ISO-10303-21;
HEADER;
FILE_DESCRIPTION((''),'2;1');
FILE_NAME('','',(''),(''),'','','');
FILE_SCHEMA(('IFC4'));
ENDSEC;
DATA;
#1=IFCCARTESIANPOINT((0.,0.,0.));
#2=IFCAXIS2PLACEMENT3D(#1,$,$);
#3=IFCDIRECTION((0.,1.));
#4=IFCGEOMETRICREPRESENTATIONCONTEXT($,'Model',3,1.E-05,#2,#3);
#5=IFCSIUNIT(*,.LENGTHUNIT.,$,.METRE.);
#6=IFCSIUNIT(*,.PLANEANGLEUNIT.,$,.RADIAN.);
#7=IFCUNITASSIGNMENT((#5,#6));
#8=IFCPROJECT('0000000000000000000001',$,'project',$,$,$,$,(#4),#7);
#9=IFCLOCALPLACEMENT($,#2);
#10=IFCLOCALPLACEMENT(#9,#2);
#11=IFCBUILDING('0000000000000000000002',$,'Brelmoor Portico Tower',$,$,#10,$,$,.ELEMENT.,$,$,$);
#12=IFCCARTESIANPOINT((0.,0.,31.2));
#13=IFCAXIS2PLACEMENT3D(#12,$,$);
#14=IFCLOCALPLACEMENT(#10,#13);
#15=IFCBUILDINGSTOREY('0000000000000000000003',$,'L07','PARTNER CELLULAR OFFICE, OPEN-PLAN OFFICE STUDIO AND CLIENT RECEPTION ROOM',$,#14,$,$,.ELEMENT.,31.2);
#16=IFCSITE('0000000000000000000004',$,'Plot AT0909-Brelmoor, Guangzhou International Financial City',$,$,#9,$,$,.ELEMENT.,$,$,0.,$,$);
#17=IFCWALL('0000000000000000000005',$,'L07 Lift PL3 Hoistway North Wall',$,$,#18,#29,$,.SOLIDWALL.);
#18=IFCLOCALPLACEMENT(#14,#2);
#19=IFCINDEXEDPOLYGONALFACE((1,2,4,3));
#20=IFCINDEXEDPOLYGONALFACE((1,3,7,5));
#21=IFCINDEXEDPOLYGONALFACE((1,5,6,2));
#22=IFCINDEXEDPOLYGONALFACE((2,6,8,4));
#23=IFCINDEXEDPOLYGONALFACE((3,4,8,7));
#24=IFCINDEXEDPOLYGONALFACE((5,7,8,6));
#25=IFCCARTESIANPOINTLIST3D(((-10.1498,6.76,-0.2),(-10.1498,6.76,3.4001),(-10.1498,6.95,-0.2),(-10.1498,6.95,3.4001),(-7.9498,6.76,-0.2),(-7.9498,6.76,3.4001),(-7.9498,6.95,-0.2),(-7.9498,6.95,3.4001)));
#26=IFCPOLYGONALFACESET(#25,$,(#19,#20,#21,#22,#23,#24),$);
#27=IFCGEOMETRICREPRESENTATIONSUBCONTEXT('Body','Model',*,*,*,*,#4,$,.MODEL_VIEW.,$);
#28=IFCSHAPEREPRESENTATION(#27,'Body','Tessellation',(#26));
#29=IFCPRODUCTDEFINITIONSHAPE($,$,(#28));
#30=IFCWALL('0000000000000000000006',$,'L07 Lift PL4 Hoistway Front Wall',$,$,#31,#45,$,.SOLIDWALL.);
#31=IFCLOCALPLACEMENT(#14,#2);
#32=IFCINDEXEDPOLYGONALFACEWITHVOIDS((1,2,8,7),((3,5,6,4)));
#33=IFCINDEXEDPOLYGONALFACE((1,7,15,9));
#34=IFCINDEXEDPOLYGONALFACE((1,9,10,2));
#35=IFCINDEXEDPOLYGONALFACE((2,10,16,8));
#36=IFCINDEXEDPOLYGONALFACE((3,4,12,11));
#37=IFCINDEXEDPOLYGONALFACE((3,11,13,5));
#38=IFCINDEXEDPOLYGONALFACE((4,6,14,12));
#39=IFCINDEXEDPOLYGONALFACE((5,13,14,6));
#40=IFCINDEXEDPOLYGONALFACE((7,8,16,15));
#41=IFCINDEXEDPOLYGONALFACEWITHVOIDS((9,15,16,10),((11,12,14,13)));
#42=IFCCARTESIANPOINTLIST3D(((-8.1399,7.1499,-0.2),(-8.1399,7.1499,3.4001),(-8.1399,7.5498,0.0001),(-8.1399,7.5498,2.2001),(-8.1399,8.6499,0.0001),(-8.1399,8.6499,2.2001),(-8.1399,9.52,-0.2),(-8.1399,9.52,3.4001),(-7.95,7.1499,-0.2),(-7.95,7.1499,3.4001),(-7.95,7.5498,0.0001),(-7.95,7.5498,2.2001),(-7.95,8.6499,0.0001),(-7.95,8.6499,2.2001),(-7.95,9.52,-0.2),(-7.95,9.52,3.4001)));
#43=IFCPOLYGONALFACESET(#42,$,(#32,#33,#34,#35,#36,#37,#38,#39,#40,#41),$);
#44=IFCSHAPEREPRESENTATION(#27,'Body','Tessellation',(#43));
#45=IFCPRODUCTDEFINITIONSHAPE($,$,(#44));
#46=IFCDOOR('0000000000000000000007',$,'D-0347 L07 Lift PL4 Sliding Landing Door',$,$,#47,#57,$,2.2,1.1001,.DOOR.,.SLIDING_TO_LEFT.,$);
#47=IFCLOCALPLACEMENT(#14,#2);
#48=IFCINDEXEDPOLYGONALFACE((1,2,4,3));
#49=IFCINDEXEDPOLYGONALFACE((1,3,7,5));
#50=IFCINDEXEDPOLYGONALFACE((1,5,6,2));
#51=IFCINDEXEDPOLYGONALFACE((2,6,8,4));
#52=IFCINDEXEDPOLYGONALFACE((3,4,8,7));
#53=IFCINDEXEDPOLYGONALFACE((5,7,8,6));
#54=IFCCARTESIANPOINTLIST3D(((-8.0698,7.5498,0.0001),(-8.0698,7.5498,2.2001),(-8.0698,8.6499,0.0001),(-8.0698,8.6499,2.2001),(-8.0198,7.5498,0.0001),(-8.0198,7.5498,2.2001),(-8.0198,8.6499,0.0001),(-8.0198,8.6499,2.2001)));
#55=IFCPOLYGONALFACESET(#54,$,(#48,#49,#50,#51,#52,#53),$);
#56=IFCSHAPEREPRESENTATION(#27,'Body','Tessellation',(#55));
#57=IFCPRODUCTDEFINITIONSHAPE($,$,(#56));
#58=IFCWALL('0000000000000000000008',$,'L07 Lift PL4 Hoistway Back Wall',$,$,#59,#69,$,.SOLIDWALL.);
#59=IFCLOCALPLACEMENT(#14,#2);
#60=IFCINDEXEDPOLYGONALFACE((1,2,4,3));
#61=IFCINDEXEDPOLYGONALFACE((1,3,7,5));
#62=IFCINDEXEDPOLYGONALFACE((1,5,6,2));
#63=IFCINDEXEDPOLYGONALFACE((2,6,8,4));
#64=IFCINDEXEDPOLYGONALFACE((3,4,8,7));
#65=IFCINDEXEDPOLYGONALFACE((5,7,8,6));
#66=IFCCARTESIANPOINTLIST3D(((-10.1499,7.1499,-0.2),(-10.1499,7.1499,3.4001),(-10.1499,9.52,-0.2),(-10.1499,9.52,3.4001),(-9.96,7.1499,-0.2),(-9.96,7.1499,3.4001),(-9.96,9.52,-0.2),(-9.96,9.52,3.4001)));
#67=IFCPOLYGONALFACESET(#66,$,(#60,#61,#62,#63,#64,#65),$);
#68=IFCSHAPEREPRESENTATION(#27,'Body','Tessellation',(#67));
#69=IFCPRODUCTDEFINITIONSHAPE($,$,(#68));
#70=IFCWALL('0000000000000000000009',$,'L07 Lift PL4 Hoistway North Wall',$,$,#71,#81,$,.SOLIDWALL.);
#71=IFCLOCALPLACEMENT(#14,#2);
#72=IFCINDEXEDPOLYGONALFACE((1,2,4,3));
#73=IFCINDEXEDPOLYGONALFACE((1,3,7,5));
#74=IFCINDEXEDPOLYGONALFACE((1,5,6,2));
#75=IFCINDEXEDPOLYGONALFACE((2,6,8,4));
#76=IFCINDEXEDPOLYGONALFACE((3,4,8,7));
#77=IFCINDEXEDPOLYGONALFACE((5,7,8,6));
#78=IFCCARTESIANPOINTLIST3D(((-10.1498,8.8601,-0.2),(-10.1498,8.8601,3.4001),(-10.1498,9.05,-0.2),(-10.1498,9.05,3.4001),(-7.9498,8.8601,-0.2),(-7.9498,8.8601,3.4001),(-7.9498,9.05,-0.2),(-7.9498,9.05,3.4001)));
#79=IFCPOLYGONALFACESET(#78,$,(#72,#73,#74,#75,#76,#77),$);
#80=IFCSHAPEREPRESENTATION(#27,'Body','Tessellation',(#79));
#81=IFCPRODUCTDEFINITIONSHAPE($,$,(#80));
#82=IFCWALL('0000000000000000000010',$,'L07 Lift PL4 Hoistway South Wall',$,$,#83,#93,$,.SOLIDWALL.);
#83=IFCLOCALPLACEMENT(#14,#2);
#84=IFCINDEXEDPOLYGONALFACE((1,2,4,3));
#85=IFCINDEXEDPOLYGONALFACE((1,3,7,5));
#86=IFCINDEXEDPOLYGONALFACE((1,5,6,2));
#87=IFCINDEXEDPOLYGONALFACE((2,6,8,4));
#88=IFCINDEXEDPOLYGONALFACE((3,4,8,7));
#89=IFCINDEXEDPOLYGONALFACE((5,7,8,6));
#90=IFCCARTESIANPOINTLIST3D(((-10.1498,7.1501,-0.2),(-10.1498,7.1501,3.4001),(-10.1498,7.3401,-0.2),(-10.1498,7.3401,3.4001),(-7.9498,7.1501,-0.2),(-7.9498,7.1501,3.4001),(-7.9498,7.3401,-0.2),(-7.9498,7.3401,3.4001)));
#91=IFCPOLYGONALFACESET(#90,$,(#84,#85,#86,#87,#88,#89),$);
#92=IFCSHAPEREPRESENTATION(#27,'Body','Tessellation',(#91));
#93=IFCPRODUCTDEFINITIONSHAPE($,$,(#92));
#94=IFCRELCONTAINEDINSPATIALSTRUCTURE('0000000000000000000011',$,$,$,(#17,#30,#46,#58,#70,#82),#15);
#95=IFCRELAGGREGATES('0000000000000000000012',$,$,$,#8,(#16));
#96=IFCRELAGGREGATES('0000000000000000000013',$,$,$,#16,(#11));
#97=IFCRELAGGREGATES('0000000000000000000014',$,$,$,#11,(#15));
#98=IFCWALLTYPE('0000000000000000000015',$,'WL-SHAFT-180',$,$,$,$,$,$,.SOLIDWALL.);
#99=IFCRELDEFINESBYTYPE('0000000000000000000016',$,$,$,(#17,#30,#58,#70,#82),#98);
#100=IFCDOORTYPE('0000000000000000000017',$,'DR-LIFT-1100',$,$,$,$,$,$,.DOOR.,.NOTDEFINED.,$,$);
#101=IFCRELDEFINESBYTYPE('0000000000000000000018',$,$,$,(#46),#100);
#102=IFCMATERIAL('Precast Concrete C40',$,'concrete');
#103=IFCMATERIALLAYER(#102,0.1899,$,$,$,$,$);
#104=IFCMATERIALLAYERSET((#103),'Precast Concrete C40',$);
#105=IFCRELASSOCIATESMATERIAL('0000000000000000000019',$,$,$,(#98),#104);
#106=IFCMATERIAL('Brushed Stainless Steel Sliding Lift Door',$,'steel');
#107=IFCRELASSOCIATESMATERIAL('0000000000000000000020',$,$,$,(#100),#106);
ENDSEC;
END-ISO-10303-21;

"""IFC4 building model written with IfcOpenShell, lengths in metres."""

from ifc_helpers import new_model, si_unit, direction, frame, frame_2d, origin, place, context, subcontext, project, spatial, rectangle, extrude, material, layer, layer_set, type_object, element, fill, save


model = new_model("IFC4")

# Units and contexts
model_context = context("Model", 3, precision=1e-05, world=origin(), true_north=direction((0.0, 1.0)))
body_context = subcontext(model_context, "Body", "Model", "MODEL_VIEW")
ifc_project = project(units=[si_unit("LENGTHUNIT", "METRE"), si_unit("PLANEANGLEUNIT", "RADIAN")], contexts=[model_context])

# Site, building, storey
site_placement = place(None, origin())
site = spatial("IfcSite", under=ifc_project, at=site_placement, Name="Plot AT0909-Brelmoor, Guangzhou International Financial City", CompositionType="ELEMENT", RefElevation=0.0)
building_placement = place(site_placement, origin())
building = spatial("IfcBuilding", under=site, at=building_placement, Name="Brelmoor Portico Tower", CompositionType="ELEMENT")
storey_placement = place(building_placement, frame((0.0, 0.0, 31.2)))
storey = spatial("IfcBuildingStorey", under=building, at=storey_placement, Name="L07", Description="PARTNER CELLULAR OFFICE, OPEN-PLAN OFFICE STUDIO AND CLIENT RECEPTION ROOM", CompositionType="ELEMENT", Elevation=31.2)

# Wall
ifc_material_1 = material(Name="Precast Concrete C40", Category="concrete")
ifc_layer_1 = layer(ifc_material_1, 0.1899)
ifc_layer_set_1 = layer_set([ifc_layer_1], Name="Precast Concrete C40")
wall_type_1 = type_object("IfcWallType", Name="WL-SHAFT-180", PredefinedType="SOLIDWALL", material=ifc_layer_set_1)
wall_1_placement = place(storey_placement, frame((-10.1499, 6.855, -0.2), z_axis=(0.0, 0.0, 1.0), x_axis=(1.0, 0.0, 0.0)))
element("IfcWall", 1, at=wall_1_placement, inside=storey, type_object=wall_type_1, Name="L07 Lift PL3 Hoistway North Wall", PredefinedType="SOLIDWALL", context=body_context, shape_type="SweptSolid", body=[
    extrude(rectangle(XDim=2.2, YDim=0.1899, at=frame_2d((1.1001, 0.0))), origin(), (0.0, 0.0, 1.0), 3.6001),
])

# Wall, opening, door
wall_2_placement = place(storey_placement, frame((-8.0449, 7.1499, -0.2), z_axis=(0.0, 0.0, 1.0), x_axis=(0.0, 1.0, 0.0)))
wall_2 = element("IfcWall", 2, at=wall_2_placement, inside=storey, type_object=wall_type_1, Name="L07 Lift PL4 Hoistway Front Wall", PredefinedType="SOLIDWALL", context=body_context, shape_type="SweptSolid", body=[
    extrude(rectangle(XDim=2.3701, YDim=0.1899, at=frame_2d((1.1851, 0.0))), origin(), (0.0, 0.0, 1.0), 3.6001),
])
opening_1_placement = place(wall_2_placement, frame((0.3999, 0.0, 0.2)))
opening_1 = element("IfcOpeningElement", 3, at=opening_1_placement, cuts=wall_2, PredefinedType="OPENING", context=body_context, shape_type="SweptSolid", body=[
    extrude(rectangle(XDim=1.1001, YDim=2.2, at=frame_2d((0.55, 1.1001))), frame((0.0, 0.105, 0.0), z_axis=(0.0, -1.0, 0.0), x_axis=(1.0, 0.0, 0.0)), (0.0, 0.0, 1.0), 0.21),
])
ifc_material_2 = material(Name="Brushed Stainless Steel Sliding Lift Door", Category="steel")
door_type_1 = type_object("IfcDoorType", Name="DR-LIFT-1100", OperationType="NOTDEFINED", PredefinedType="DOOR", material=ifc_material_2)
door_1_placement = place(opening_1_placement, origin())
door_1 = element("IfcDoor", 4, at=door_1_placement, inside=storey, type_object=door_type_1, Name="D-0347 L07 Lift PL4 Sliding Landing Door", OperationType="SLIDING_TO_LEFT", OverallHeight=2.2, OverallWidth=1.1001, PredefinedType="DOOR", context=body_context, shape_type="SweptSolid", body=[
    extrude(rectangle(XDim=1.1001, YDim=2.2, at=frame_2d((0.55, 1.1001))), frame((0.0, 0.0249, 0.0), z_axis=(0.0, -1.0, 0.0), x_axis=(1.0, 0.0, 0.0)), (0.0, 0.0, 1.0), 0.05),
])
fill(opening_1, door_1)

# Walls
wall_3_placement = place(storey_placement, frame((-10.0549, 7.1499, -0.2), z_axis=(0.0, 0.0, 1.0), x_axis=(0.0, 1.0, 0.0)))
element("IfcWall", 5, at=wall_3_placement, inside=storey, type_object=wall_type_1, Name="L07 Lift PL4 Hoistway Back Wall", PredefinedType="SOLIDWALL", context=body_context, shape_type="SweptSolid", body=[
    extrude(rectangle(XDim=2.3701, YDim=0.1899, at=frame_2d((1.1851, 0.0))), origin(), (0.0, 0.0, 1.0), 3.6001),
])
for number, where, z_axis, x_axis, name in (
    (6, (-10.1499, 8.9551, -0.2), (0.0, 0.0, 1.0), (1.0, 0.0, 0.0), "L07 Lift PL4 Hoistway North Wall"),
    (7, (-10.1499, 7.2451, -0.2), (0.0, 0.0, 1.0), (1.0, 0.0, 0.0), "L07 Lift PL4 Hoistway South Wall"),
):
    element("IfcWall", number, at=place(storey_placement, frame(where, z_axis=z_axis, x_axis=x_axis)), inside=storey, type_object=wall_type_1, Name=name, PredefinedType="SOLIDWALL", context=body_context, shape_type="SweptSolid", body=[
        extrude(rectangle(XDim=2.2, YDim=0.1899, at=frame_2d((1.1001, 0.0))), origin(), (0.0, 0.0, 1.0), 3.6001),
    ])

save(model, "model.ifc")
